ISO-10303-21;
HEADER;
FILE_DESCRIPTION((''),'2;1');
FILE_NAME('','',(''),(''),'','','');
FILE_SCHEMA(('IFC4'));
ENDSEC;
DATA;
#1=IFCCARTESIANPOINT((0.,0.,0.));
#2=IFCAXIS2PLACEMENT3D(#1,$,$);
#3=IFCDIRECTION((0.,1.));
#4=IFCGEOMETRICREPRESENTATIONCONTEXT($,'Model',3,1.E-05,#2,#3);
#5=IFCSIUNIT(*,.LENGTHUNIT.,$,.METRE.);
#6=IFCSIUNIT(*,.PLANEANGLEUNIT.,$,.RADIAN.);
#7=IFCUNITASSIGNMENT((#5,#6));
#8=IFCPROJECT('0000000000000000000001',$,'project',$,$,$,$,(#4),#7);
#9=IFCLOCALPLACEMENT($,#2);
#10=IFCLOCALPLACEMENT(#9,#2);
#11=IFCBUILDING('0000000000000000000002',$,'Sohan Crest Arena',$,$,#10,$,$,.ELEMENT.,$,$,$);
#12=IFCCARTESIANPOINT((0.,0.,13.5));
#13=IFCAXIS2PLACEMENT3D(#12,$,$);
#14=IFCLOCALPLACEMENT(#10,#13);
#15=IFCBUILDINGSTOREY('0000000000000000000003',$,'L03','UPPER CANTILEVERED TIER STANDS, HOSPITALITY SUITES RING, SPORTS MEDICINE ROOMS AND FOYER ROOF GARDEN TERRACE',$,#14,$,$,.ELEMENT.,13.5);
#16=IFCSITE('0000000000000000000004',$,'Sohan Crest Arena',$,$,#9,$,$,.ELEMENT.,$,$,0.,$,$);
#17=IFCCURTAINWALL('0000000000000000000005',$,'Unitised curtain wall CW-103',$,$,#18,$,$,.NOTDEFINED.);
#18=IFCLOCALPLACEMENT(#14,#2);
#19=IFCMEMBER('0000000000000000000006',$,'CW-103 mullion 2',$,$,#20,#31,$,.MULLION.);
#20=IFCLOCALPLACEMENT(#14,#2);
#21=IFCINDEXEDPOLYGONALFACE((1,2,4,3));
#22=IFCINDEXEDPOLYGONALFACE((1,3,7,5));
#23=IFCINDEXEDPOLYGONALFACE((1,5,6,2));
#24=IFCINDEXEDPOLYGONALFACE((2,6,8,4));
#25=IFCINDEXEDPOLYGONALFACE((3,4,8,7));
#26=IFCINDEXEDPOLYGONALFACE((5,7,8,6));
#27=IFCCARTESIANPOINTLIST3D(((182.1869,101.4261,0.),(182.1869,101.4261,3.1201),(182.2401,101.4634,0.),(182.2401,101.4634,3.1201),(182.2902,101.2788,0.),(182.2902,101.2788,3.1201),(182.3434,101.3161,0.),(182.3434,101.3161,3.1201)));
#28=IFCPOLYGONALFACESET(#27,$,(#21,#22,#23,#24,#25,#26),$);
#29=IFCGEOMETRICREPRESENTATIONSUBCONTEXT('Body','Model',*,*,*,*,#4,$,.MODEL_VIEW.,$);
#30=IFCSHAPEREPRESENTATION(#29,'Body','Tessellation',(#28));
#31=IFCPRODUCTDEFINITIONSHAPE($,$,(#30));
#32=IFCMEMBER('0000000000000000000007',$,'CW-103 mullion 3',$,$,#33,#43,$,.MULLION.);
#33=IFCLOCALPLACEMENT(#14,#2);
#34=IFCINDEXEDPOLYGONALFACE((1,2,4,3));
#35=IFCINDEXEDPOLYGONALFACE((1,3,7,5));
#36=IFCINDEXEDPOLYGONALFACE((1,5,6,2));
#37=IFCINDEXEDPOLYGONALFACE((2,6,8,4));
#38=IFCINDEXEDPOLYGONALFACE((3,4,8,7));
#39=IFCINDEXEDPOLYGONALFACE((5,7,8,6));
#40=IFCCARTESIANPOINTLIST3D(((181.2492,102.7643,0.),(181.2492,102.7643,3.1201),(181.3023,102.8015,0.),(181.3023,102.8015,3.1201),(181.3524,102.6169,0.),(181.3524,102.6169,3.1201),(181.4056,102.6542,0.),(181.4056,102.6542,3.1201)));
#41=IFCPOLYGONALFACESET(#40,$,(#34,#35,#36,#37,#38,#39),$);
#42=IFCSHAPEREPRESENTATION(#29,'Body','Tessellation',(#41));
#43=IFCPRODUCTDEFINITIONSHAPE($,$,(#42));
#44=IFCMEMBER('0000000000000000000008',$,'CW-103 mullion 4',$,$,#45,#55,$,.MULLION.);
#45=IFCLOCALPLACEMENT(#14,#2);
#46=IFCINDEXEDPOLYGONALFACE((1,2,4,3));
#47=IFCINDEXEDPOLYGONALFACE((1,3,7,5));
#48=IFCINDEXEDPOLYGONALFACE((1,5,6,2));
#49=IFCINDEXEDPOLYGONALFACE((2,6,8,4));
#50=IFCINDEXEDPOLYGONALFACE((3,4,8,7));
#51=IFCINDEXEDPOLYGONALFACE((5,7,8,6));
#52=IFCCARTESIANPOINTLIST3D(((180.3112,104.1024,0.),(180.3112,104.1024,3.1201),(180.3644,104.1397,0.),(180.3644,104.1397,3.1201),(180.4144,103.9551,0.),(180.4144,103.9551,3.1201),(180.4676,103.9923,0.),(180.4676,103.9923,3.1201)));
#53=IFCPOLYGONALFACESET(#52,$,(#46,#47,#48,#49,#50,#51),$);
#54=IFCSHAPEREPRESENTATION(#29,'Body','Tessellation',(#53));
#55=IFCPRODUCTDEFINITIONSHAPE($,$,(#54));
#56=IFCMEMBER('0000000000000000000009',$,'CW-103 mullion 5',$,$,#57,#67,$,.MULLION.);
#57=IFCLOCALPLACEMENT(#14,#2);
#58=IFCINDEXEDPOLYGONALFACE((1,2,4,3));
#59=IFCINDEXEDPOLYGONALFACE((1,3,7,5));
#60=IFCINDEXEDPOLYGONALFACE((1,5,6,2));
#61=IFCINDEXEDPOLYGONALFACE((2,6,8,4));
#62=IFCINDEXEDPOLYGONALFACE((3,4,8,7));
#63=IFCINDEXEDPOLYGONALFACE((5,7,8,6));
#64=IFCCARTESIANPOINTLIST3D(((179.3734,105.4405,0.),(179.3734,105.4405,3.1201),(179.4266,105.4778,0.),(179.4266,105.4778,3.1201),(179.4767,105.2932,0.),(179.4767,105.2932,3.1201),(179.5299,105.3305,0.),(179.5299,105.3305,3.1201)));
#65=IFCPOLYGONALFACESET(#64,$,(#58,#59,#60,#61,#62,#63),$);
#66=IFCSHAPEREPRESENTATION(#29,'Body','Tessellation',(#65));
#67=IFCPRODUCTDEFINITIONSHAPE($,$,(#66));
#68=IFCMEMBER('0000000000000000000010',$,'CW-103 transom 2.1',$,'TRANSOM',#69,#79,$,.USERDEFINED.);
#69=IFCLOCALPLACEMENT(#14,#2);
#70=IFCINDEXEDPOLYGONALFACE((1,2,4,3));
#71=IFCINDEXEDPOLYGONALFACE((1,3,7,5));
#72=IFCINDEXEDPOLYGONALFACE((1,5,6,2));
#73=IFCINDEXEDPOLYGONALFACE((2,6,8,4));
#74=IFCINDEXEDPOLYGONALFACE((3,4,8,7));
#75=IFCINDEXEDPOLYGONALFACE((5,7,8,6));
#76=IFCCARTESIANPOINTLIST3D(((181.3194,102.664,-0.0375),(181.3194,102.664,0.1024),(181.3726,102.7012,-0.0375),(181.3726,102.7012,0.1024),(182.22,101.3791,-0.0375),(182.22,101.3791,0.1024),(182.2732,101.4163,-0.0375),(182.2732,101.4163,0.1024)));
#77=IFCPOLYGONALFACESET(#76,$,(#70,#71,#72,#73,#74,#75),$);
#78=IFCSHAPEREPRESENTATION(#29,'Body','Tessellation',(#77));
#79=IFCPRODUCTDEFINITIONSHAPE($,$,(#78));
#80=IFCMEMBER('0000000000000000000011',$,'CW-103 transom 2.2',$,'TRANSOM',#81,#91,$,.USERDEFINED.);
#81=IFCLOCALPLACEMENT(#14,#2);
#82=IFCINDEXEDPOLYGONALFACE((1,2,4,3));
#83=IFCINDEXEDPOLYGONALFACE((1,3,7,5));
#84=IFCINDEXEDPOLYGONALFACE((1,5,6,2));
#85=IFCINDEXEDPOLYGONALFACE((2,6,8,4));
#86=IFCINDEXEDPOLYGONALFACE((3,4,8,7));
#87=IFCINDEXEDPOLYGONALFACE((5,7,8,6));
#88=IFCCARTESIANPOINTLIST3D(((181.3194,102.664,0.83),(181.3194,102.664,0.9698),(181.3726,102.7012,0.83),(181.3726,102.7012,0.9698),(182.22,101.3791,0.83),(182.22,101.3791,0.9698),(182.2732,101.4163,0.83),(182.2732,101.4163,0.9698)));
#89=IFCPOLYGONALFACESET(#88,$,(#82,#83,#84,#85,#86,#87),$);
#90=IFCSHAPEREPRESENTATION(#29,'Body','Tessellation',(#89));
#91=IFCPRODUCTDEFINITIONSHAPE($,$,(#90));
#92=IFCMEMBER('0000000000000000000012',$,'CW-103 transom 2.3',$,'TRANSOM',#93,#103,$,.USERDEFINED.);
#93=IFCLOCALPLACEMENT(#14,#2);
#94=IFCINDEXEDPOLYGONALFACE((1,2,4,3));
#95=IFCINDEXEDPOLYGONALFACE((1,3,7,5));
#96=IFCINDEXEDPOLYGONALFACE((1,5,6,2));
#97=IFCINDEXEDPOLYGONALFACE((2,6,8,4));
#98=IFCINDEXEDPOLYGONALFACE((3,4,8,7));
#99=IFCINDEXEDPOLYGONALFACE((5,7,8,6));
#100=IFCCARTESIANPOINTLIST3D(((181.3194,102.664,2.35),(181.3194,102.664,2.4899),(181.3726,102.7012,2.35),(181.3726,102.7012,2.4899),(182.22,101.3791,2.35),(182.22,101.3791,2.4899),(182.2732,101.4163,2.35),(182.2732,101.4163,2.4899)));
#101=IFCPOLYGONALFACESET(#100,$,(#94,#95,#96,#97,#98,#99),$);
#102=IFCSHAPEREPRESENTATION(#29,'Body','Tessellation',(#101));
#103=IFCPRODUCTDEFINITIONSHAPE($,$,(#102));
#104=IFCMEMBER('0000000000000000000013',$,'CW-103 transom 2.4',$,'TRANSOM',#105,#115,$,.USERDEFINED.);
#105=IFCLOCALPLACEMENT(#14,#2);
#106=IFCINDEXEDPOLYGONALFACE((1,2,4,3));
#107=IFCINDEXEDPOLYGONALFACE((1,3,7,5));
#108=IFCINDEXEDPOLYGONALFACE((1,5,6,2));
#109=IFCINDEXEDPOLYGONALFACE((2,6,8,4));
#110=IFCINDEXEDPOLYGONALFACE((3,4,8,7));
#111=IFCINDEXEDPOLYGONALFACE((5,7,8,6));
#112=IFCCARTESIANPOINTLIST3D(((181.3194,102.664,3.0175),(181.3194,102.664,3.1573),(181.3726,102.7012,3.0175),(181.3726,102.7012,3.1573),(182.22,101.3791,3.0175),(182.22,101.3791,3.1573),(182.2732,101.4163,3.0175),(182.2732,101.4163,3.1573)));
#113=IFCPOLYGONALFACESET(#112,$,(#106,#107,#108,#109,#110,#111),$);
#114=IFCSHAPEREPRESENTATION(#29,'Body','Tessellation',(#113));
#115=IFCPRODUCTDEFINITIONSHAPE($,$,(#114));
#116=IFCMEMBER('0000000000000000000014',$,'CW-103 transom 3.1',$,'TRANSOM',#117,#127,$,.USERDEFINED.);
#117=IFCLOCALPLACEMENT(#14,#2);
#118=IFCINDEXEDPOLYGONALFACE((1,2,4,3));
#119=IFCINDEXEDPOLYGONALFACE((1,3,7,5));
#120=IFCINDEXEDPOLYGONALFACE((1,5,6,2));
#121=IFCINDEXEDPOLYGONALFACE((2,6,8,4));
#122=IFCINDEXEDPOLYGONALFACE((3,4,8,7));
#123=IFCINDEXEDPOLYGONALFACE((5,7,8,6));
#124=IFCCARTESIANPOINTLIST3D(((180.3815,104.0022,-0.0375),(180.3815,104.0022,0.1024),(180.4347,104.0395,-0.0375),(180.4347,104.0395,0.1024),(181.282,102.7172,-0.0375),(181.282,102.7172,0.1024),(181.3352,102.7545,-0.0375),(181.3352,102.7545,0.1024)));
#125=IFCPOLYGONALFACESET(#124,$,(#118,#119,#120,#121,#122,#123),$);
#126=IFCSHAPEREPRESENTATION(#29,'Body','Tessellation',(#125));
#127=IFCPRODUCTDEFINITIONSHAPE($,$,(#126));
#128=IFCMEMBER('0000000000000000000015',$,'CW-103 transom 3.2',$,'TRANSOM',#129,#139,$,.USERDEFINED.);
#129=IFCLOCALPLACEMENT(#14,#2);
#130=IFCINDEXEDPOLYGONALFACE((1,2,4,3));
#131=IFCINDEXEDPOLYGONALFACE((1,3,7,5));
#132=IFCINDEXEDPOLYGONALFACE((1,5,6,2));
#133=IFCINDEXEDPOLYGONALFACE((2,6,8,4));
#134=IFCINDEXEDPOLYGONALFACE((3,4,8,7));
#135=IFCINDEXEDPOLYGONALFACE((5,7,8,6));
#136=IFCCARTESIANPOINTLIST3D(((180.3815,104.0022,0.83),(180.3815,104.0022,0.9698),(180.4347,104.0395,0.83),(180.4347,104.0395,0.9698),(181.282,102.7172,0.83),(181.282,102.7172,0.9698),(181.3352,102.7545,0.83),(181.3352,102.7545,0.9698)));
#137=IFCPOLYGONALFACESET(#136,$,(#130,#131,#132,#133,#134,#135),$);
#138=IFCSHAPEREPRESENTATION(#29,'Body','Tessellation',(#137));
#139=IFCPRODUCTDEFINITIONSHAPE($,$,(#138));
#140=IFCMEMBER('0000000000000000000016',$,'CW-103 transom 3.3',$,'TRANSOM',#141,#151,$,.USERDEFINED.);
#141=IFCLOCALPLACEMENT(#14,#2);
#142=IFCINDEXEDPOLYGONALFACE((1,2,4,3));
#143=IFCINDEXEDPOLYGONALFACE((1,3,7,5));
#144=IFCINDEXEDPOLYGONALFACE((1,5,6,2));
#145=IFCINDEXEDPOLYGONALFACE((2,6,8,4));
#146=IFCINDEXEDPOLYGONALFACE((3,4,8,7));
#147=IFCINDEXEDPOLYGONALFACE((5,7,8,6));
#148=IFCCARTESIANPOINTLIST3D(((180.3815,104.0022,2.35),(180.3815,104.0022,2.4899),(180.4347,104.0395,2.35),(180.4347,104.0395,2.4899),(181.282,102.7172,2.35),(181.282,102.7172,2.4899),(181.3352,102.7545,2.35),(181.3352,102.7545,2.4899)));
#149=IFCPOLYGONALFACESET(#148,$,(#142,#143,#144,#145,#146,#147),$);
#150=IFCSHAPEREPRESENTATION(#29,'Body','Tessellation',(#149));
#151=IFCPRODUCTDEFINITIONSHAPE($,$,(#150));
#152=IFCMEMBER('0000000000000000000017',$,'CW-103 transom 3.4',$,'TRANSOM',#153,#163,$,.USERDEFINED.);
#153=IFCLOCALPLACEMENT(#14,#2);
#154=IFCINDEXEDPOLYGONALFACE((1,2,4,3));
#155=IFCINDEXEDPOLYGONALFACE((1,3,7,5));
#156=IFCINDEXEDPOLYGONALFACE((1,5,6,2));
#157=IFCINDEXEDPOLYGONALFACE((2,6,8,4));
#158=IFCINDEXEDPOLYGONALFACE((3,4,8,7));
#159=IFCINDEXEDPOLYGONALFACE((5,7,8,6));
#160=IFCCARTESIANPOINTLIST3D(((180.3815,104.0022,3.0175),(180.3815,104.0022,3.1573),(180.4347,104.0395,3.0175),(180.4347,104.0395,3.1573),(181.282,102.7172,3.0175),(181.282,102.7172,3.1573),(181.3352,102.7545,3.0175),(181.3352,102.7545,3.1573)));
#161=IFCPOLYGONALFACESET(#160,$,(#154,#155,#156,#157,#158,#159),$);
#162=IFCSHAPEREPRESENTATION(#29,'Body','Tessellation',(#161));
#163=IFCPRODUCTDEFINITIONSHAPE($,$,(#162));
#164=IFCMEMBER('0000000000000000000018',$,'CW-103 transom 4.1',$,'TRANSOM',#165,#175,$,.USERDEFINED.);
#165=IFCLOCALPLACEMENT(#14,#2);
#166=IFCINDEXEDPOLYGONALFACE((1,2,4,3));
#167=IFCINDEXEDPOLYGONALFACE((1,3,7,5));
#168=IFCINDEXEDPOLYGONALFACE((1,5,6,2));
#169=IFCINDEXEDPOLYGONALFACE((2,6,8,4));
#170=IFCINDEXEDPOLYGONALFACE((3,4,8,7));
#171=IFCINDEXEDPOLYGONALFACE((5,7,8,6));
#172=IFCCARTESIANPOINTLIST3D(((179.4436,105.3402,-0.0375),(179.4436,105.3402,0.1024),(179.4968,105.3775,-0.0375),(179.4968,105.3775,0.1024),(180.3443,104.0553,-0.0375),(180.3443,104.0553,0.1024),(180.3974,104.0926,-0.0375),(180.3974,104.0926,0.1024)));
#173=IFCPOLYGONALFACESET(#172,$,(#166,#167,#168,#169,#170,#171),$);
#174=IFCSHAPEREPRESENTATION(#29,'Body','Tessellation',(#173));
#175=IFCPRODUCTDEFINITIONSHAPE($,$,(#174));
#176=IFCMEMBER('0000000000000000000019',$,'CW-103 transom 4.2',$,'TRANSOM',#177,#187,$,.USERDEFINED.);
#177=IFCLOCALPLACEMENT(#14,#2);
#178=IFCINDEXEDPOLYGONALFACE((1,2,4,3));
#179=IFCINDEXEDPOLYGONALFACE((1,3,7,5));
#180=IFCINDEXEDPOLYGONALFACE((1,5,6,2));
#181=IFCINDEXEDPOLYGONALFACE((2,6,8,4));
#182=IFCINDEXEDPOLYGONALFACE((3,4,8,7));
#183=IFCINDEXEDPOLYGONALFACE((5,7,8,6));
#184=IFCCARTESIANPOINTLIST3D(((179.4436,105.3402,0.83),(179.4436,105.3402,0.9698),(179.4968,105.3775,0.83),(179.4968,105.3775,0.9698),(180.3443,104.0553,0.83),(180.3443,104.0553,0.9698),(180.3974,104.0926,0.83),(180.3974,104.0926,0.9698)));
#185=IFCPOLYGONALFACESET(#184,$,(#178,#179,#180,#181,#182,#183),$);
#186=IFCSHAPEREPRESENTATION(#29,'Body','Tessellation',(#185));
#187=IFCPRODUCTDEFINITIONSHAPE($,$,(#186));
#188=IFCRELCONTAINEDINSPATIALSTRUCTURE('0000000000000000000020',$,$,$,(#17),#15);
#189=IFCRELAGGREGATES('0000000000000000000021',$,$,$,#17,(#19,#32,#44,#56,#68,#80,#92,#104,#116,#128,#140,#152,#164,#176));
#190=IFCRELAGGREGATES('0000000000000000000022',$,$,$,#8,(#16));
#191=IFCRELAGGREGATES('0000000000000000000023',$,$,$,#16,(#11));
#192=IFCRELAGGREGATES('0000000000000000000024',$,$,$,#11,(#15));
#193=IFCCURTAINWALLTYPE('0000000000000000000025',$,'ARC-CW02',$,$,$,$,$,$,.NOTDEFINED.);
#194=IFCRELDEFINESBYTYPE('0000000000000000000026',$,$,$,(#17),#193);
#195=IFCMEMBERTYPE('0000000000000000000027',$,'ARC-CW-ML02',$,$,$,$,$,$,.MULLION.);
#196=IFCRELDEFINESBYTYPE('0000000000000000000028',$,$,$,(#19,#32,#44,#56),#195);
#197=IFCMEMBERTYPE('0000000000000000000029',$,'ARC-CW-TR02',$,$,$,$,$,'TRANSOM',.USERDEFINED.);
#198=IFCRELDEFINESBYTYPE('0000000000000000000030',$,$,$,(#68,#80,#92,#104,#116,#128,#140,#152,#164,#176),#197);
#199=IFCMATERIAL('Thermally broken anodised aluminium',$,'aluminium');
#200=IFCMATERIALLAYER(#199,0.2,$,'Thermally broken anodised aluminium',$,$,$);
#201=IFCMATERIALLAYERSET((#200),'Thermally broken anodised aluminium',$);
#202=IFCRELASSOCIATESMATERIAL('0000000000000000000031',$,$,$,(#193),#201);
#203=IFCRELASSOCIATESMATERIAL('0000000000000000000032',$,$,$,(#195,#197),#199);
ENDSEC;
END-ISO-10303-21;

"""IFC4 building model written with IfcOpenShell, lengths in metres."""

from ifc_helpers import new_model, si_unit, direction, frame, origin, origin_2d, place, context, subcontext, project, spatial, rectangle, extrude, material, layer, layer_set, material_profile, profile_set, type_object, element, aggregate, save


model = new_model("IFC4")

# Units and contexts
model_context = context("Model", 3, precision=1e-05, world=origin(), true_north=direction((0.0, 1.0)))
body_context = subcontext(model_context, "Body", "Model", "MODEL_VIEW")
ifc_project = project(units=[si_unit("LENGTHUNIT", "METRE"), si_unit("PLANEANGLEUNIT", "RADIAN")], contexts=[model_context])

# Site, building, storey
site_placement = place(None, origin())
site = spatial("IfcSite", under=ifc_project, at=site_placement, Name="Sohan Crest Arena", CompositionType="ELEMENT", RefElevation=0.0)
building_placement = place(site_placement, origin())
building = spatial("IfcBuilding", under=site, at=building_placement, Name="Sohan Crest Arena", CompositionType="ELEMENT")
storey_placement = place(building_placement, frame((0.0, 0.0, 13.5)))
storey = spatial("IfcBuildingStorey", under=building, at=storey_placement, Name="L03", Description="UPPER CANTILEVERED TIER STANDS, HOSPITALITY SUITES RING, SPORTS MEDICINE ROOMS AND FOYER ROOF GARDEN TERRACE", CompositionType="ELEMENT", Elevation=13.5)

# Curtain wall, members
ifc_material_1 = material(Name="Thermally broken anodised aluminium", Category="aluminium")
ifc_layer_1 = layer(ifc_material_1, 0.2, Name="Thermally broken anodised aluminium")
ifc_layer_set_1 = layer_set([ifc_layer_1], Name="Thermally broken anodised aluminium")
curtain_wall_type = type_object("IfcCurtainWallType", Name="ARC-CW02", PredefinedType="NOTDEFINED", material=ifc_layer_set_1)
curtain_wall_placement = place(storey_placement, origin())
curtain_wall = element("IfcCurtainWall", 1, at=curtain_wall_placement, inside=storey, type_object=curtain_wall_type, Name="Unitised curtain wall CW-103", PredefinedType="NOTDEFINED")
ifc_material_profile_1 = material_profile(ifc_material_1, rectangle(XDim=0.0649, YDim=0.1799, at=origin_2d()), Name="ALU-MULL 65x180")
ifc_profile_set_1 = profile_set([ifc_material_profile_1], Name="Thermally broken anodised aluminium")
member_type_1 = type_object("IfcMemberType", Name="ARC-CW-ML02", PredefinedType="MULLION", material=ifc_profile_set_1)
member_1_placement = place(storey_placement, frame((182.2651, 101.3711, 0.0), z_axis=(0.0, 0.0, 1.0), x_axis=(-0.818899, -0.573938, 0.0)))
member_1 = element("IfcMember", 2, at=member_1_placement, type_object=member_type_1, Name="CW-103 mullion 2", PredefinedType="MULLION", context=body_context, shape_type="SweptSolid", body=[
    extrude(rectangle(XDim=0.0649, YDim=0.1799, at=origin_2d()), origin(), (0.0, 0.0, 1.0), 3.1201),
])
member_2_placement = place(storey_placement, frame((181.3274, 102.7092, 0.0), z_axis=(0.0, 0.0, 1.0), x_axis=(-0.818899, -0.573938, 0.0)))
member_2 = element("IfcMember", 3, at=member_2_placement, type_object=member_type_1, Name="CW-103 mullion 3", PredefinedType="MULLION", context=body_context, shape_type="SweptSolid", body=[
    extrude(rectangle(XDim=0.0649, YDim=0.1799, at=origin_2d()), origin(), (0.0, 0.0, 1.0), 3.1201),
])
member_3_placement = place(storey_placement, frame((180.3894, 104.0474, 0.0), z_axis=(0.0, 0.0, 1.0), x_axis=(-0.818899, -0.573938, 0.0)))
member_3 = element("IfcMember", 4, at=member_3_placement, type_object=member_type_1, Name="CW-103 mullion 4", PredefinedType="MULLION", context=body_context, shape_type="SweptSolid", body=[
    extrude(rectangle(XDim=0.0649, YDim=0.1799, at=origin_2d()), origin(), (0.0, 0.0, 1.0), 3.1201),
])
member_4_placement = place(storey_placement, frame((179.4517, 105.3855, 0.0), z_axis=(0.0, 0.0, 1.0), x_axis=(-0.818899, -0.573938, 0.0)))
member_4 = element("IfcMember", 5, at=member_4_placement, type_object=member_type_1, Name="CW-103 mullion 5", PredefinedType="MULLION", context=body_context, shape_type="SweptSolid", body=[
    extrude(rectangle(XDim=0.0649, YDim=0.1799, at=origin_2d()), origin(), (0.0, 0.0, 1.0), 3.1201),
])
ifc_material_profile_2 = material_profile(ifc_material_1, rectangle(XDim=0.0649, YDim=0.1399, at=origin_2d()), Name="ALU-TRAN 65x140")
ifc_profile_set_2 = profile_set([ifc_material_profile_2], Name="Thermally broken anodised aluminium")
member_type_2 = type_object("IfcMemberType", Name="ARC-CW-TR02", ElementType="TRANSOM", PredefinedType="USERDEFINED", material=ifc_profile_set_2)
member_5_placement = place(storey_placement, frame((182.2466, 101.3977, 0.0325), z_axis=(-0.573974, 0.818874, 0.0), x_axis=(-0.818874, -0.573974, 0.0)))
member_5 = element("IfcMember", 6, at=member_5_placement, type_object=member_type_2, Name="CW-103 transom 2.1", ObjectType="TRANSOM", PredefinedType="USERDEFINED", context=body_context, shape_type="SweptSolid", body=[
    extrude(rectangle(XDim=0.0649, YDim=0.1399, at=origin_2d()), origin(), (0.0, 0.0, 1.0), 1.5691),
])
member_6_placement = place(storey_placement, frame((182.2466, 101.3977, 0.8999), z_axis=(-0.573974, 0.818874, 0.0), x_axis=(-0.818874, -0.573974, 0.0)))
member_6 = element("IfcMember", 7, at=member_6_placement, type_object=member_type_2, Name="CW-103 transom 2.2", ObjectType="TRANSOM", PredefinedType="USERDEFINED", context=body_context, shape_type="SweptSolid", body=[
    extrude(rectangle(XDim=0.0649, YDim=0.1399, at=origin_2d()), origin(), (0.0, 0.0, 1.0), 1.5691),
])
member_7_placement = place(storey_placement, frame((182.2466, 101.3977, 2.4199), z_axis=(-0.573974, 0.818874, 0.0), x_axis=(-0.818874, -0.573974, 0.0)))
member_7 = element("IfcMember", 8, at=member_7_placement, type_object=member_type_2, Name="CW-103 transom 2.3", ObjectType="TRANSOM", PredefinedType="USERDEFINED", context=body_context, shape_type="SweptSolid", body=[
    extrude(rectangle(XDim=0.0649, YDim=0.1399, at=origin_2d()), origin(), (0.0, 0.0, 1.0), 1.5691),
])
member_8_placement = place(storey_placement, frame((182.2466, 101.3977, 3.0874), z_axis=(-0.573974, 0.818874, 0.0), x_axis=(-0.818874, -0.573974, 0.0)))
member_8 = element("IfcMember", 9, at=member_8_placement, type_object=member_type_2, Name="CW-103 transom 2.4", ObjectType="TRANSOM", PredefinedType="USERDEFINED", context=body_context, shape_type="SweptSolid", body=[
    extrude(rectangle(XDim=0.0649, YDim=0.1399, at=origin_2d()), origin(), (0.0, 0.0, 1.0), 1.5691),
])
member_9_placement = place(storey_placement, frame((181.3086, 102.7358, 0.0325), z_axis=(-0.57387, 0.818947, 0.0), x_axis=(-0.818947, -0.57387, 0.0)))
member_9 = element("IfcMember", 10, at=member_9_placement, type_object=member_type_2, Name="CW-103 transom 3.1", ObjectType="TRANSOM", PredefinedType="USERDEFINED", context=body_context, shape_type="SweptSolid", body=[
    extrude(rectangle(XDim=0.0649, YDim=0.1399, at=origin_2d()), origin(), (0.0, 0.0, 1.0), 1.5691),
])
member_10_placement = place(storey_placement, frame((181.3086, 102.7358, 0.8999), z_axis=(-0.57387, 0.818947, 0.0), x_axis=(-0.818947, -0.57387, 0.0)))
member_10 = element("IfcMember", 11, at=member_10_placement, type_object=member_type_2, Name="CW-103 transom 3.2", ObjectType="TRANSOM", PredefinedType="USERDEFINED", context=body_context, shape_type="SweptSolid", body=[
    extrude(rectangle(XDim=0.0649, YDim=0.1399, at=origin_2d()), origin(), (0.0, 0.0, 1.0), 1.5691),
])
member_11_placement = place(storey_placement, frame((181.3086, 102.7358, 2.4199), z_axis=(-0.57387, 0.818947, 0.0), x_axis=(-0.818947, -0.57387, 0.0)))
member_11 = element("IfcMember", 12, at=member_11_placement, type_object=member_type_2, Name="CW-103 transom 3.3", ObjectType="TRANSOM", PredefinedType="USERDEFINED", context=body_context, shape_type="SweptSolid", body=[
    extrude(rectangle(XDim=0.0649, YDim=0.1399, at=origin_2d()), origin(), (0.0, 0.0, 1.0), 1.5691),
])
member_12_placement = place(storey_placement, frame((181.3086, 102.7358, 3.0874), z_axis=(-0.57387, 0.818947, 0.0), x_axis=(-0.818947, -0.57387, 0.0)))
member_12 = element("IfcMember", 13, at=member_12_placement, type_object=member_type_2, Name="CW-103 transom 3.4", ObjectType="TRANSOM", PredefinedType="USERDEFINED", context=body_context, shape_type="SweptSolid", body=[
    extrude(rectangle(XDim=0.0649, YDim=0.1399, at=origin_2d()), origin(), (0.0, 0.0, 1.0), 1.5691),
])
member_13_placement = place(storey_placement, frame((180.3708, 104.074, 0.0325), z_axis=(-0.573974, 0.818874, 0.0), x_axis=(-0.818874, -0.573974, 0.0)))
member_13 = element("IfcMember", 14, at=member_13_placement, type_object=member_type_2, Name="CW-103 transom 4.1", ObjectType="TRANSOM", PredefinedType="USERDEFINED", context=body_context, shape_type="SweptSolid", body=[
    extrude(rectangle(XDim=0.0649, YDim=0.1399, at=origin_2d()), origin(), (0.0, 0.0, 1.0), 1.5691),
])
member_14_placement = place(storey_placement, frame((180.3708, 104.074, 0.8999), z_axis=(-0.573974, 0.818874, 0.0), x_axis=(-0.818874, -0.573974, 0.0)))
member_14 = element("IfcMember", 15, at=member_14_placement, type_object=member_type_2, Name="CW-103 transom 4.2", ObjectType="TRANSOM", PredefinedType="USERDEFINED", context=body_context, shape_type="SweptSolid", body=[
    extrude(rectangle(XDim=0.0649, YDim=0.1399, at=origin_2d()), origin(), (0.0, 0.0, 1.0), 1.5691),
])
aggregate(curtain_wall, [member_1, member_2, member_3, member_4, member_5, member_6, member_7, member_8, member_9, member_10, member_11, member_12, member_13, member_14])

save(model, "model.ifc")
